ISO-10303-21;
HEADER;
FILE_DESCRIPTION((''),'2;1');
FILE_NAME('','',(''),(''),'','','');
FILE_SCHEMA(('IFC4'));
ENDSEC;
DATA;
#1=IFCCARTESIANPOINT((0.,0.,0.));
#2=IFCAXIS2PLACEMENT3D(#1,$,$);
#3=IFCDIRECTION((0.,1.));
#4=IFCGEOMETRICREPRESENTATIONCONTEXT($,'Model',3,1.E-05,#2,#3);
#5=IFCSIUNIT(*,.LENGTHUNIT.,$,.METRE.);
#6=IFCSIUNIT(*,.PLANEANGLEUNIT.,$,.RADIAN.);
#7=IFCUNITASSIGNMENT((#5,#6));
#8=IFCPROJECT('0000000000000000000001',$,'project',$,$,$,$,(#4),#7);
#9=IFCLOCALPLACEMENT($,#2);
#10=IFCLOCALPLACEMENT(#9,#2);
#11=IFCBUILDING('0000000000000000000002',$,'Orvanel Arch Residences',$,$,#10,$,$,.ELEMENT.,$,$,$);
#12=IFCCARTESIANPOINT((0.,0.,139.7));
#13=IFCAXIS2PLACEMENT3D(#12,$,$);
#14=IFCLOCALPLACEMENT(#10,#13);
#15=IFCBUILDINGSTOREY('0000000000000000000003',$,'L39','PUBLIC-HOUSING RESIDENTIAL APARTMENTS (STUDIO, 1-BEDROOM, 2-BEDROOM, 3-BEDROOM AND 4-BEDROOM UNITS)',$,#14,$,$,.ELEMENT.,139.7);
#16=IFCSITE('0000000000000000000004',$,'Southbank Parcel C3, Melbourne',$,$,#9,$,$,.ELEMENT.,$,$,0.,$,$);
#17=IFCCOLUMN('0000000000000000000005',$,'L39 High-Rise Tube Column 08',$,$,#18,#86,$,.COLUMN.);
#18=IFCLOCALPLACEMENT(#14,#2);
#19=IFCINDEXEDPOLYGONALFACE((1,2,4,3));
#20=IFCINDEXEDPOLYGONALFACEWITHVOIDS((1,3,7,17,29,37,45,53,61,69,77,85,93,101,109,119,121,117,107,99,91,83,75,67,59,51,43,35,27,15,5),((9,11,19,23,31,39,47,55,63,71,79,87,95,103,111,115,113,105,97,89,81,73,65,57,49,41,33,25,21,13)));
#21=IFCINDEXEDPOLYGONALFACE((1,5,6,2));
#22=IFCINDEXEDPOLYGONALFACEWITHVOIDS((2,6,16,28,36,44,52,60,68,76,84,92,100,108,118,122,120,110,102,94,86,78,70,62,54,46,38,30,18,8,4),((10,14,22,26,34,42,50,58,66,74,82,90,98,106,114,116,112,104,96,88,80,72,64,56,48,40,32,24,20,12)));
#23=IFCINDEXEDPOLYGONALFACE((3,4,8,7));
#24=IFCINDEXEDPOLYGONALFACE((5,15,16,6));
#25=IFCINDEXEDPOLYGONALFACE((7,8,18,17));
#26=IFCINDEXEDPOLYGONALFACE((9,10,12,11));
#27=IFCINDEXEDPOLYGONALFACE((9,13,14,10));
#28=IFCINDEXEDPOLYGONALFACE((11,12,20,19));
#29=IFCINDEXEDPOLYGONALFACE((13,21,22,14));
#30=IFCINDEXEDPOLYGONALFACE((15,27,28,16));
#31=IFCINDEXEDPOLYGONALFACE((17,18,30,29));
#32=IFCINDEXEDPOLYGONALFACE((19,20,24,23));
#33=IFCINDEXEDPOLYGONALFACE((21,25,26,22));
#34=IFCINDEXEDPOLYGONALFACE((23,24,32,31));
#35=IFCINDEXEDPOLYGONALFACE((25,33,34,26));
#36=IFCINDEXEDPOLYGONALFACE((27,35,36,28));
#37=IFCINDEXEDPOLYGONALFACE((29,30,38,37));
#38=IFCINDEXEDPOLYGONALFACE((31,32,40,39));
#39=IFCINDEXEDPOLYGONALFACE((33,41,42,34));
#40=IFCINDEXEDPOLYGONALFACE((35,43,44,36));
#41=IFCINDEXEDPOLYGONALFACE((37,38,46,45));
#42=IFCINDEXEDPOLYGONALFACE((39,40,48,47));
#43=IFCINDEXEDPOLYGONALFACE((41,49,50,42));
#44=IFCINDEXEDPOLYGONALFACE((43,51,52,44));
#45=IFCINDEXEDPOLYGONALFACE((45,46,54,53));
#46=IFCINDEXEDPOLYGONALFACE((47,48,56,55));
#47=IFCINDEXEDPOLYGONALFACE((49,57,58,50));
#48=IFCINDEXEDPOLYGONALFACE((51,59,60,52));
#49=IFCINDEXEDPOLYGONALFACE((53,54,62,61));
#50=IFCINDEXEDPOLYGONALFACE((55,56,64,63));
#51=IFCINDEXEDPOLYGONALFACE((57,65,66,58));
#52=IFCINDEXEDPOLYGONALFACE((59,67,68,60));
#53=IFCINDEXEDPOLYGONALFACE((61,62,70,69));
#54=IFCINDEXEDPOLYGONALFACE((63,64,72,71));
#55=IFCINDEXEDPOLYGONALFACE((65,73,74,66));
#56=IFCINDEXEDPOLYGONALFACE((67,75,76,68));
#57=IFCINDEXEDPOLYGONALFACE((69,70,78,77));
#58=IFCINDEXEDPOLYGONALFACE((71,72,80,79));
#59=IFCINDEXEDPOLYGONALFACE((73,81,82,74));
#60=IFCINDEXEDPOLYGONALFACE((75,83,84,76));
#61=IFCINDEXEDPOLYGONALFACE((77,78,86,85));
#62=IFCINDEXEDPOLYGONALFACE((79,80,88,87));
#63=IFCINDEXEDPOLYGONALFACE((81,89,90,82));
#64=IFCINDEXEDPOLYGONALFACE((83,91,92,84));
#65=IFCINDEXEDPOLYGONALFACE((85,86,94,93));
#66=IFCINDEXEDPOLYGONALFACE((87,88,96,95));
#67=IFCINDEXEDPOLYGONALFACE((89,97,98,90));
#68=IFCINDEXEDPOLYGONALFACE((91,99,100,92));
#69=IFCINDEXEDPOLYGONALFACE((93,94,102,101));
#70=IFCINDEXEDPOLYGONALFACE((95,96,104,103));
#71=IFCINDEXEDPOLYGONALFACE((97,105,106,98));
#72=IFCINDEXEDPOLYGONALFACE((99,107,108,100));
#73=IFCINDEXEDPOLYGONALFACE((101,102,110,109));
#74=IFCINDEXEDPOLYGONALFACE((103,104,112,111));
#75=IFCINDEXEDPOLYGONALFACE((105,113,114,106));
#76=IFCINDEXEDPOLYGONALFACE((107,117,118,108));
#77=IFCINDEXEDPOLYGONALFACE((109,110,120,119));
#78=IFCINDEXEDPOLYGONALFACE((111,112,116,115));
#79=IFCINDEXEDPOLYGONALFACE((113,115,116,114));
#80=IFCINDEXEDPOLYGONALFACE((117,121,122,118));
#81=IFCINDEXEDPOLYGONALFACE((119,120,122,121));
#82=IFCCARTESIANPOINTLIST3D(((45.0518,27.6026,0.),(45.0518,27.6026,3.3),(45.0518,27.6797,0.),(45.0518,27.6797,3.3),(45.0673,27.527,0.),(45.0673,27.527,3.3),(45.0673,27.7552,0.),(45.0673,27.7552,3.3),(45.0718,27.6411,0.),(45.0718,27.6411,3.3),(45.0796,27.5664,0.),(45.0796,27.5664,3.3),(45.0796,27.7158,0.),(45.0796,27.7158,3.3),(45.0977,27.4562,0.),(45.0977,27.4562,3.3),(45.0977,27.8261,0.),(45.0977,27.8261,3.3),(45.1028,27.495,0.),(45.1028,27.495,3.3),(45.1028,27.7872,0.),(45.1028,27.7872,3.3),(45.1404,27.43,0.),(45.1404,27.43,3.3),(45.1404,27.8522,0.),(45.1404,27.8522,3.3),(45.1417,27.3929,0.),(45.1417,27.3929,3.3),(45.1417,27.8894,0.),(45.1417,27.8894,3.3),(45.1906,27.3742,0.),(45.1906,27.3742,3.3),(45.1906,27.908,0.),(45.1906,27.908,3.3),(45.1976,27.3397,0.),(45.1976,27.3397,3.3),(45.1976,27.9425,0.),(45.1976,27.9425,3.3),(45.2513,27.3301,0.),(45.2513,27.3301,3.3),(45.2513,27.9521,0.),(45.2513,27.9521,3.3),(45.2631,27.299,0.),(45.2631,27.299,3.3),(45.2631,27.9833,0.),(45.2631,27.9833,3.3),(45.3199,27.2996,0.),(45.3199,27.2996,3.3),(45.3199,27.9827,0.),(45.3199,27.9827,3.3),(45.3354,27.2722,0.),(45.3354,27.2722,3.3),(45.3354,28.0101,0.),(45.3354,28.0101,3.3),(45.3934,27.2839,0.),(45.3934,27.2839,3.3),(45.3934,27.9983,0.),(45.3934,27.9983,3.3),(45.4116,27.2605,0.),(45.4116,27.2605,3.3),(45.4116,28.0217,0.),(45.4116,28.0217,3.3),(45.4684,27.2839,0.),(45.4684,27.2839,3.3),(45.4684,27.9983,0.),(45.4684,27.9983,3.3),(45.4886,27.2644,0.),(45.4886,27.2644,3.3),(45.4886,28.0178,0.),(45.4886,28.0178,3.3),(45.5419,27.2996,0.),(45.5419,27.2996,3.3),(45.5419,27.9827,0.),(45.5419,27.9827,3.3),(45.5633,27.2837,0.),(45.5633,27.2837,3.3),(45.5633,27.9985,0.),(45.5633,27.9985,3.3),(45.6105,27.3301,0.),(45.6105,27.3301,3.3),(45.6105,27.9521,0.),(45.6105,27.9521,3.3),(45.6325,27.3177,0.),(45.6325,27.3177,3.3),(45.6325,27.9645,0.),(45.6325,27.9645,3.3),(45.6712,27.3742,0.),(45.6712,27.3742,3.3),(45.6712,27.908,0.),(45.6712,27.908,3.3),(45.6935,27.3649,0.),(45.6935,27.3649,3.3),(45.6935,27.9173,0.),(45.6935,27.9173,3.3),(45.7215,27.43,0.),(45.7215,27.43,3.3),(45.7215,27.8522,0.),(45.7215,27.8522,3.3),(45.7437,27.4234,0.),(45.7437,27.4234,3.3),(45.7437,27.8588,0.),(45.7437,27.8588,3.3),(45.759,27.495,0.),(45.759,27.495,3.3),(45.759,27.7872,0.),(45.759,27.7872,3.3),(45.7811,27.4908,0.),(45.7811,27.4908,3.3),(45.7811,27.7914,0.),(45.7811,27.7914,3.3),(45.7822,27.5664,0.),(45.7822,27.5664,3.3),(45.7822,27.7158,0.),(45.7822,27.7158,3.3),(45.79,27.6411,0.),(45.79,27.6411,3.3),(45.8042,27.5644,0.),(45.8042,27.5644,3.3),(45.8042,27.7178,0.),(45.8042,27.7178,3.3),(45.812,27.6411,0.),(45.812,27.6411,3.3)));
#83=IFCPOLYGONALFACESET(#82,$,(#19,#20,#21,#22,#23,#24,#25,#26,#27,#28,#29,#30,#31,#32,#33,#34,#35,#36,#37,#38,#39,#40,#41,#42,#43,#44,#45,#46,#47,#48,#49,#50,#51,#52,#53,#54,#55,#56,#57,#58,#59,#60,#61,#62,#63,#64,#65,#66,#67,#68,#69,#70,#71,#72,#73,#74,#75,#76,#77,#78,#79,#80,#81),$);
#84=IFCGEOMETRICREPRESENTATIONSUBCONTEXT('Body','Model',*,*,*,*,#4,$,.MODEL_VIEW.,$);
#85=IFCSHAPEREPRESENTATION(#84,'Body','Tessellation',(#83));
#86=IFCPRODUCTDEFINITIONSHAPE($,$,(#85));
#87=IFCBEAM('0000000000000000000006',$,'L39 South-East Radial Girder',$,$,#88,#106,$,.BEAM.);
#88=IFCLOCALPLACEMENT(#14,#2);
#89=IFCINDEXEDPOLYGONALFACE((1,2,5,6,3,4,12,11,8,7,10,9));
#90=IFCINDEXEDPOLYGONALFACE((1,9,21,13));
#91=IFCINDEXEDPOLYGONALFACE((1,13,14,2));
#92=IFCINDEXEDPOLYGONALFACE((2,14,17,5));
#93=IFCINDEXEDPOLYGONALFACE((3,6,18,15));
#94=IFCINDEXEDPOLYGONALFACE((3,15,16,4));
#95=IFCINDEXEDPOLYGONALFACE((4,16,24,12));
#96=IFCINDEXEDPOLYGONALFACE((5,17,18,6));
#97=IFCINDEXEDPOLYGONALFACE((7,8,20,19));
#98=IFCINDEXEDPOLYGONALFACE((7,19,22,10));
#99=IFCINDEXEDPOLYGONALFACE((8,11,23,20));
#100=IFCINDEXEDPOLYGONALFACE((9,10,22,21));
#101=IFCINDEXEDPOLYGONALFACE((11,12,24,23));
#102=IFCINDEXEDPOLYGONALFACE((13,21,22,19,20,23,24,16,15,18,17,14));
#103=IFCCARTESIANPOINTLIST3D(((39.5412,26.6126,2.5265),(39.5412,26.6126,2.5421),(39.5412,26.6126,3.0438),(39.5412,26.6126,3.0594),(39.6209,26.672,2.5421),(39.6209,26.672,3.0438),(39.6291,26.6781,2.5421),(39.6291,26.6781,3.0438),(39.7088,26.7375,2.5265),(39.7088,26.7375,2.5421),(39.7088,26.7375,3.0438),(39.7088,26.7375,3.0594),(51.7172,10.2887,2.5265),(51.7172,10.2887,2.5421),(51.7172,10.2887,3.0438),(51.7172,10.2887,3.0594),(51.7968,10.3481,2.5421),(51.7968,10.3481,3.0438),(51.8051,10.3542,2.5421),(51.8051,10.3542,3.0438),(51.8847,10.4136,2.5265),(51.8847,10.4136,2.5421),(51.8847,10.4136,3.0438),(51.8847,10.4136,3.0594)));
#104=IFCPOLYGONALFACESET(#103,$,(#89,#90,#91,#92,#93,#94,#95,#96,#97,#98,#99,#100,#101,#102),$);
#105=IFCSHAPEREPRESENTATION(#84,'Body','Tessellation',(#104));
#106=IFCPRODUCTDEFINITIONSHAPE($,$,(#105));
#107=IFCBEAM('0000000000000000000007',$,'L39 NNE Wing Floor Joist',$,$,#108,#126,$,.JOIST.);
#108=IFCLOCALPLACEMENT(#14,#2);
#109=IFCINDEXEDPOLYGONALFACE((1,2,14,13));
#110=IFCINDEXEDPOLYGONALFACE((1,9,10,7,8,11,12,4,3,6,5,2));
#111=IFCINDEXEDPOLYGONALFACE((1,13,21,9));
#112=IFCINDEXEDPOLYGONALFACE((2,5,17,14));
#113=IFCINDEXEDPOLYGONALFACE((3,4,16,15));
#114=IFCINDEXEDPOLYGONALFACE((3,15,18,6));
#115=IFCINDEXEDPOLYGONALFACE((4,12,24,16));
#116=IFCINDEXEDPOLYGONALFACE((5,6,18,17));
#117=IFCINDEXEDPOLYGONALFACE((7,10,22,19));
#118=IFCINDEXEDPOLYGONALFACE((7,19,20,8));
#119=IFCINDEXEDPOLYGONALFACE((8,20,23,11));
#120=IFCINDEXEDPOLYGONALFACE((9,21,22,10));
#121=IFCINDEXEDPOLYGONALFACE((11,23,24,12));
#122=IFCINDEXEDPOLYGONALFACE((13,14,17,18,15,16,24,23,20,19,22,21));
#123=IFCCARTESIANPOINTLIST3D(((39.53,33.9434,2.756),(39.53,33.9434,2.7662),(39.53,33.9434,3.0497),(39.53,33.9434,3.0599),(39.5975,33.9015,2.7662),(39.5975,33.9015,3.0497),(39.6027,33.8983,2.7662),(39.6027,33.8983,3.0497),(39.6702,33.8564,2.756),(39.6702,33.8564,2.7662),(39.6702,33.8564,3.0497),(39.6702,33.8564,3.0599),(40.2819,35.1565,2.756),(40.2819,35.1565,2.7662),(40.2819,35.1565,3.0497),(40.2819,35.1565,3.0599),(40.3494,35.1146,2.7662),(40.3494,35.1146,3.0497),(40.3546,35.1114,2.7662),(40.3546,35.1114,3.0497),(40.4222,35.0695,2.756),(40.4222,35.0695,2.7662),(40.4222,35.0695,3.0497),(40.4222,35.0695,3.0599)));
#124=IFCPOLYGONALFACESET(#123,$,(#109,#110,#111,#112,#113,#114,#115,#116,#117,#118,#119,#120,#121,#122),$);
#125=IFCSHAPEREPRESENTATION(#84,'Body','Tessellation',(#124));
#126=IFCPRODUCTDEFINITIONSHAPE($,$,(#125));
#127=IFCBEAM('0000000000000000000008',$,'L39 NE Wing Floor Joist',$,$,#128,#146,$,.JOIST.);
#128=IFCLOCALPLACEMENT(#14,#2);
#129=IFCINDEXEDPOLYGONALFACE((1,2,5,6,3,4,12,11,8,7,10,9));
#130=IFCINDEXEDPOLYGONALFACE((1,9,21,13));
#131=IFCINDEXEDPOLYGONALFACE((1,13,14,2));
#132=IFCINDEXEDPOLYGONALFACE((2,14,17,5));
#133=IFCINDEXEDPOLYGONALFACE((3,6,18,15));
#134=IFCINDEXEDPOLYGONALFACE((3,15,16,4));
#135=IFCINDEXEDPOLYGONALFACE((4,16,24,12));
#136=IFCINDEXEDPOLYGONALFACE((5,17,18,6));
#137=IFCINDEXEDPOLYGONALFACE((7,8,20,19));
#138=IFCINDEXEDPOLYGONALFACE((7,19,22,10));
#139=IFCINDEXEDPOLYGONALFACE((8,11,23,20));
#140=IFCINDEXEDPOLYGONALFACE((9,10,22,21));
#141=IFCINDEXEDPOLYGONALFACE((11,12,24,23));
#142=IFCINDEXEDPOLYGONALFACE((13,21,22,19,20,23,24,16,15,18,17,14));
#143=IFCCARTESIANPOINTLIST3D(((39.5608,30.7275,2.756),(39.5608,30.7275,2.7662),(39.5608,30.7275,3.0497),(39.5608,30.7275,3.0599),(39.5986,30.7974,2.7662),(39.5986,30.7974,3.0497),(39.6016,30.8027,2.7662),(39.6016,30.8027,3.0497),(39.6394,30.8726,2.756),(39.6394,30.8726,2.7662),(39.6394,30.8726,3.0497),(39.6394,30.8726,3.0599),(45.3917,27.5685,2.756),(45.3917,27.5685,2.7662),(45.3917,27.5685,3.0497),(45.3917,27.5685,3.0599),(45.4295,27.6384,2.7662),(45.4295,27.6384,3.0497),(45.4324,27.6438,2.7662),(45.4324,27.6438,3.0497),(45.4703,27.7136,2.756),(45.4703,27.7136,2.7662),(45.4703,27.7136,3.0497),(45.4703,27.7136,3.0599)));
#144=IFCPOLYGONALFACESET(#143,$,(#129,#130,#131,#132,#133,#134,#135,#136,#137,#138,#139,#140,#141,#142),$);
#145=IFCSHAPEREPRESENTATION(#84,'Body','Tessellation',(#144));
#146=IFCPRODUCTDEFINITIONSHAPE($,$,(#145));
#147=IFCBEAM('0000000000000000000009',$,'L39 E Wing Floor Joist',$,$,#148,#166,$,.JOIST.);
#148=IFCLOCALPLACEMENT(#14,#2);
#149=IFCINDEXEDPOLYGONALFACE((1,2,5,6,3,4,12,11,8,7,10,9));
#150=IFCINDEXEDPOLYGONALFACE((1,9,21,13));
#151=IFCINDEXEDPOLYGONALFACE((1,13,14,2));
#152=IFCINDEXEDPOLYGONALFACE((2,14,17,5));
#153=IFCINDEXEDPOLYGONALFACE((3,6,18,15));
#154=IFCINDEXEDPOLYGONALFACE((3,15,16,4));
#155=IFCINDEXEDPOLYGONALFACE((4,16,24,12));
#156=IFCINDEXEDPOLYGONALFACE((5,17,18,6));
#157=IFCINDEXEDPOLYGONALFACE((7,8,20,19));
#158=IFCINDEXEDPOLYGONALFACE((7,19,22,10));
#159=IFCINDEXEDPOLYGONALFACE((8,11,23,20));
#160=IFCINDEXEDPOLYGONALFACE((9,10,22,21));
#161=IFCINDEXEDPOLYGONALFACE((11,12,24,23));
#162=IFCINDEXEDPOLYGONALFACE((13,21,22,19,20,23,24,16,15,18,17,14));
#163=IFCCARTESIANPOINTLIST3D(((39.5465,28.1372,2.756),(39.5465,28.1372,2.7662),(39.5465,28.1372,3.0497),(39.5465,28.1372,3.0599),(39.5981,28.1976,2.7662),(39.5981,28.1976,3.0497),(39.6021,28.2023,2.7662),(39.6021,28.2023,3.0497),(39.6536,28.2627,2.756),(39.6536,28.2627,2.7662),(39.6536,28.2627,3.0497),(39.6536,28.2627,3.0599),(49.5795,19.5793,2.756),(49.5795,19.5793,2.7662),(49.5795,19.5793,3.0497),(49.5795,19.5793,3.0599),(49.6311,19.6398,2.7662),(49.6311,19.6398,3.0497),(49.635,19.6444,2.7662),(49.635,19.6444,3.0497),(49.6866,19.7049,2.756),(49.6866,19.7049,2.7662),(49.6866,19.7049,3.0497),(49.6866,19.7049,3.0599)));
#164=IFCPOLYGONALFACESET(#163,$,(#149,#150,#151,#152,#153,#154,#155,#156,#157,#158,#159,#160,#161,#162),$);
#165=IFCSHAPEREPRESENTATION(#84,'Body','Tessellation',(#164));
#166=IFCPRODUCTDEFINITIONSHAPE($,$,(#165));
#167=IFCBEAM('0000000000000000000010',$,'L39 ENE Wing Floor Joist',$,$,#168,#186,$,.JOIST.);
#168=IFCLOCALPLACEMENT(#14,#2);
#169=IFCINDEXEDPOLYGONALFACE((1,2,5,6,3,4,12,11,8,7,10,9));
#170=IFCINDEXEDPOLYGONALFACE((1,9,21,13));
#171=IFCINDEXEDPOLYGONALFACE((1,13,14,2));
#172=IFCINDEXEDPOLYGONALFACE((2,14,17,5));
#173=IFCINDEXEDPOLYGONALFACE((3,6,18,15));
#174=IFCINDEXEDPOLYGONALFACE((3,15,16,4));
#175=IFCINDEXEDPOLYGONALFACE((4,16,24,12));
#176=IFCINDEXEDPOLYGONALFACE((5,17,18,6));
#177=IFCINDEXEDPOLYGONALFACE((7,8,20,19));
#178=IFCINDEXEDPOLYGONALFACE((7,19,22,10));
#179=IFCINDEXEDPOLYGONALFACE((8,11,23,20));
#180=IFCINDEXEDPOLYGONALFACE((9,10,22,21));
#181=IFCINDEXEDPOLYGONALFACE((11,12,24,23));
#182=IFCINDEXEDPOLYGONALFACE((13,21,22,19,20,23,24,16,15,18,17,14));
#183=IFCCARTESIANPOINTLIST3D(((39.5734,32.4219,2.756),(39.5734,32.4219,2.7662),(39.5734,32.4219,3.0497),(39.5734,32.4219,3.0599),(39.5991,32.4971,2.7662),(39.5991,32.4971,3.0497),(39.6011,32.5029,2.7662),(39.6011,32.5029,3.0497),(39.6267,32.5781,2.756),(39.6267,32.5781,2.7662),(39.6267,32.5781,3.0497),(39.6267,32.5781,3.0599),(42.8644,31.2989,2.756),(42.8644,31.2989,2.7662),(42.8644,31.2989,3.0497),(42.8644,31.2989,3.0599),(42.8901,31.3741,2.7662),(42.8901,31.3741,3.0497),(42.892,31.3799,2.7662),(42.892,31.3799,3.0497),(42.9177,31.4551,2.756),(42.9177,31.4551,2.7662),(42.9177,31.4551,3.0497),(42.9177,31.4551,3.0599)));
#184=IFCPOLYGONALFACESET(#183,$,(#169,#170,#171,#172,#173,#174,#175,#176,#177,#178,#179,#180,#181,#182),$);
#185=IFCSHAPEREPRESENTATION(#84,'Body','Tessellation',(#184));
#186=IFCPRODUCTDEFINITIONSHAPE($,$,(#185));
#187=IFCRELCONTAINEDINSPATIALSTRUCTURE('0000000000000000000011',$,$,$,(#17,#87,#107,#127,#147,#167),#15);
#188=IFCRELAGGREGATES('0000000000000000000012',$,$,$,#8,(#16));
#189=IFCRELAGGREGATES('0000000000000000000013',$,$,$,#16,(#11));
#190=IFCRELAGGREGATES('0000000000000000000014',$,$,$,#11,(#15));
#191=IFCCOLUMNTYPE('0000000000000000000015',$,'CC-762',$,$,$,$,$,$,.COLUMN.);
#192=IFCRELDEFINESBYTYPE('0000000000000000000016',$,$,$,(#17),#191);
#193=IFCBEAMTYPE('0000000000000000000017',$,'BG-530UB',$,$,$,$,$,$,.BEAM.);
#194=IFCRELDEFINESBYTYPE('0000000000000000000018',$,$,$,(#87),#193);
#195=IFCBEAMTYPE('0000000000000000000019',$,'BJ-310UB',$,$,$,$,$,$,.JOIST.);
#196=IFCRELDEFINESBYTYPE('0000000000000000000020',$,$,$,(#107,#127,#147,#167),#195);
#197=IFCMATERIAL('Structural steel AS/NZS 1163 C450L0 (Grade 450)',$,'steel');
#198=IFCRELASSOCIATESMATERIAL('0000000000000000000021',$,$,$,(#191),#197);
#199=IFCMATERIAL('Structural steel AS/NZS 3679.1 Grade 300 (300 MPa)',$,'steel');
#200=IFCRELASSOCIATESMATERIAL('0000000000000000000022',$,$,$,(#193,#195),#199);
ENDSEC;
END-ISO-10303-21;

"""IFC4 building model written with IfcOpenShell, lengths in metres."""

from ifc_helpers import new_model, si_unit, direction, frame, origin, origin_2d, place, context, subcontext, project, spatial, hollow_circle, i_section, extrude, material, material_profile, profile_set, type_object, element, save


model = new_model("IFC4")

# Units and contexts
model_context = context("Model", 3, precision=1e-05, world=origin(), true_north=direction((0.0, 1.0)))
body_context = subcontext(model_context, "Body", "Model", "MODEL_VIEW")
ifc_project = project(units=[si_unit("LENGTHUNIT", "METRE"), si_unit("PLANEANGLEUNIT", "RADIAN")], contexts=[model_context])

# Site, building, storey
site_placement = place(None, origin())
site = spatial("IfcSite", under=ifc_project, at=site_placement, Name="Southbank Parcel C3, Melbourne", CompositionType="ELEMENT", RefElevation=0.0)
building_placement = place(site_placement, origin())
building = spatial("IfcBuilding", under=site, at=building_placement, Name="Orvanel Arch Residences", CompositionType="ELEMENT")
storey_placement = place(building_placement, frame((0.0, 0.0, 139.7)))
storey = spatial("IfcBuildingStorey", under=building, at=storey_placement, Name="L39", Description="PUBLIC-HOUSING RESIDENTIAL APARTMENTS (STUDIO, 1-BEDROOM, 2-BEDROOM, 3-BEDROOM AND 4-BEDROOM UNITS)", CompositionType="ELEMENT", Elevation=139.7)

# Column
ifc_material_1 = material(Name="Structural steel AS/NZS 1163 C450L0 (Grade 450)", Category="steel")
ifc_material_profile_1 = material_profile(ifc_material_1, hollow_circle(Radius=0.3811, WallThickness=0.022, at=origin_2d()), Name="CHS762x22")
ifc_profile_set_1 = profile_set([ifc_material_profile_1], Name="Structural steel AS/NZS 1163 C450L0 (Grade 450)")
column_type = type_object("IfcColumnType", Name="CC-762", PredefinedType="COLUMN", material=ifc_profile_set_1)
column_placement = place(storey_placement, frame((45.4309, 27.6411, 0.0), z_axis=(0.0, 0.0, 1.0), x_axis=(1.0, 0.0, 0.0)))
element("IfcColumn", 1, at=column_placement, inside=storey, type_object=column_type, Name="L39 High-Rise Tube Column 08", PredefinedType="COLUMN", context=body_context, shape_type="SweptSolid", body=[
    extrude(hollow_circle(Radius=0.3811, WallThickness=0.022, at=origin_2d()), origin(), (0.0, 0.0, 1.0), 3.3),
])

# Beams
ifc_material_2 = material(Name="Structural steel AS/NZS 3679.1 Grade 300 (300 MPa)", Category="steel")
ifc_material_profile_2 = material_profile(ifc_material_2, i_section(OverallWidth=0.209, OverallDepth=0.533, WebThickness=0.0103, FlangeThickness=0.0156, at=origin_2d()), Name="530UB92.4")
ifc_profile_set_2 = profile_set([ifc_material_profile_2], Name="Structural steel AS/NZS 3679.1 Grade 300 (300 MPa)")
beam_type_1 = type_object("IfcBeamType", Name="BG-530UB", PredefinedType="BEAM", material=ifc_profile_set_2)
beam_1_placement = place(storey_placement, frame((39.625, 26.675, 2.793), z_axis=(0.597894, -0.801575, 0.0), x_axis=(0.801575, 0.597894, 0.0)))
element("IfcBeam", 2, at=beam_1_placement, inside=storey, type_object=beam_type_1, Name="L39 South-East Radial Girder", PredefinedType="BEAM", context=body_context, shape_type="SweptSolid", body=[
    extrude(i_section(OverallWidth=0.209, OverallDepth=0.533, WebThickness=0.0103, FlangeThickness=0.0156, at=origin_2d()), origin(), (0.0, 0.0, 1.0), 20.3647),
])
ifc_material_profile_3 = material_profile(ifc_material_2, i_section(OverallWidth=0.165, OverallDepth=0.304, WebThickness=0.0061, FlangeThickness=0.0103, at=origin_2d()), Name="310UB40.4")
ifc_profile_set_3 = profile_set([ifc_material_profile_3], Name="Structural steel AS/NZS 3679.1 Grade 300 (300 MPa)")
beam_type_2 = type_object("IfcBeamType", Name="BJ-310UB", PredefinedType="JOIST", material=ifc_profile_set_3)
beam_2_placement = place(storey_placement, frame((39.6001, 33.8999, 2.908), z_axis=(0.526843, 0.849962, 0.0), x_axis=(-0.849962, 0.526843, 0.0)))
element("IfcBeam", 3, at=beam_2_placement, inside=storey, type_object=beam_type_2, Name="L39 NNE Wing Floor Joist", PredefinedType="JOIST", context=body_context, shape_type="SweptSolid", body=[
    extrude(i_section(OverallWidth=0.165, OverallDepth=0.304, WebThickness=0.0061, FlangeThickness=0.0103, at=origin_2d()), origin(), (0.0, 0.0, 1.0), 1.4272),
])
beam_3_placement = place(storey_placement, frame((39.6001, 30.8, 2.908), z_axis=(0.879255, -0.476351, 0.0), x_axis=(0.476351, 0.879255, 0.0)))
element("IfcBeam", 4, at=beam_3_placement, inside=storey, type_object=beam_type_2, Name="L39 NE Wing Floor Joist", PredefinedType="JOIST", context=body_context, shape_type="SweptSolid", body=[
    extrude(i_section(OverallWidth=0.165, OverallDepth=0.304, WebThickness=0.0061, FlangeThickness=0.0103, at=origin_2d()), origin(), (0.0, 0.0, 1.0), 6.6316),
])
beam_4_placement = place(storey_placement, frame((39.6001, 28.2, 2.908), z_axis=(0.760821, -0.648961, 0.0), x_axis=(0.648961, 0.760821, 0.0)))
element("IfcBeam", 5, at=beam_4_placement, inside=storey, type_object=beam_type_2, Name="L39 E Wing Floor Joist", PredefinedType="JOIST", context=body_context, shape_type="SweptSolid", body=[
    extrude(i_section(OverallWidth=0.165, OverallDepth=0.304, WebThickness=0.0061, FlangeThickness=0.0103, at=origin_2d()), origin(), (0.0, 0.0, 1.0), 13.187),
])
beam_5_placement = place(storey_placement, frame((39.6001, 32.5, 2.908), z_axis=(0.946413, -0.32296, 0.0), x_axis=(0.32296, 0.946413, 0.0)))
element("IfcBeam", 6, at=beam_5_placement, inside=storey, type_object=beam_type_2, Name="L39 ENE Wing Floor Joist", PredefinedType="JOIST", context=body_context, shape_type="SweptSolid", body=[
    extrude(i_section(OverallWidth=0.165, OverallDepth=0.304, WebThickness=0.0061, FlangeThickness=0.0103, at=origin_2d()), origin(), (0.0, 0.0, 1.0), 3.4773),
])

save(model, "model.ifc")
